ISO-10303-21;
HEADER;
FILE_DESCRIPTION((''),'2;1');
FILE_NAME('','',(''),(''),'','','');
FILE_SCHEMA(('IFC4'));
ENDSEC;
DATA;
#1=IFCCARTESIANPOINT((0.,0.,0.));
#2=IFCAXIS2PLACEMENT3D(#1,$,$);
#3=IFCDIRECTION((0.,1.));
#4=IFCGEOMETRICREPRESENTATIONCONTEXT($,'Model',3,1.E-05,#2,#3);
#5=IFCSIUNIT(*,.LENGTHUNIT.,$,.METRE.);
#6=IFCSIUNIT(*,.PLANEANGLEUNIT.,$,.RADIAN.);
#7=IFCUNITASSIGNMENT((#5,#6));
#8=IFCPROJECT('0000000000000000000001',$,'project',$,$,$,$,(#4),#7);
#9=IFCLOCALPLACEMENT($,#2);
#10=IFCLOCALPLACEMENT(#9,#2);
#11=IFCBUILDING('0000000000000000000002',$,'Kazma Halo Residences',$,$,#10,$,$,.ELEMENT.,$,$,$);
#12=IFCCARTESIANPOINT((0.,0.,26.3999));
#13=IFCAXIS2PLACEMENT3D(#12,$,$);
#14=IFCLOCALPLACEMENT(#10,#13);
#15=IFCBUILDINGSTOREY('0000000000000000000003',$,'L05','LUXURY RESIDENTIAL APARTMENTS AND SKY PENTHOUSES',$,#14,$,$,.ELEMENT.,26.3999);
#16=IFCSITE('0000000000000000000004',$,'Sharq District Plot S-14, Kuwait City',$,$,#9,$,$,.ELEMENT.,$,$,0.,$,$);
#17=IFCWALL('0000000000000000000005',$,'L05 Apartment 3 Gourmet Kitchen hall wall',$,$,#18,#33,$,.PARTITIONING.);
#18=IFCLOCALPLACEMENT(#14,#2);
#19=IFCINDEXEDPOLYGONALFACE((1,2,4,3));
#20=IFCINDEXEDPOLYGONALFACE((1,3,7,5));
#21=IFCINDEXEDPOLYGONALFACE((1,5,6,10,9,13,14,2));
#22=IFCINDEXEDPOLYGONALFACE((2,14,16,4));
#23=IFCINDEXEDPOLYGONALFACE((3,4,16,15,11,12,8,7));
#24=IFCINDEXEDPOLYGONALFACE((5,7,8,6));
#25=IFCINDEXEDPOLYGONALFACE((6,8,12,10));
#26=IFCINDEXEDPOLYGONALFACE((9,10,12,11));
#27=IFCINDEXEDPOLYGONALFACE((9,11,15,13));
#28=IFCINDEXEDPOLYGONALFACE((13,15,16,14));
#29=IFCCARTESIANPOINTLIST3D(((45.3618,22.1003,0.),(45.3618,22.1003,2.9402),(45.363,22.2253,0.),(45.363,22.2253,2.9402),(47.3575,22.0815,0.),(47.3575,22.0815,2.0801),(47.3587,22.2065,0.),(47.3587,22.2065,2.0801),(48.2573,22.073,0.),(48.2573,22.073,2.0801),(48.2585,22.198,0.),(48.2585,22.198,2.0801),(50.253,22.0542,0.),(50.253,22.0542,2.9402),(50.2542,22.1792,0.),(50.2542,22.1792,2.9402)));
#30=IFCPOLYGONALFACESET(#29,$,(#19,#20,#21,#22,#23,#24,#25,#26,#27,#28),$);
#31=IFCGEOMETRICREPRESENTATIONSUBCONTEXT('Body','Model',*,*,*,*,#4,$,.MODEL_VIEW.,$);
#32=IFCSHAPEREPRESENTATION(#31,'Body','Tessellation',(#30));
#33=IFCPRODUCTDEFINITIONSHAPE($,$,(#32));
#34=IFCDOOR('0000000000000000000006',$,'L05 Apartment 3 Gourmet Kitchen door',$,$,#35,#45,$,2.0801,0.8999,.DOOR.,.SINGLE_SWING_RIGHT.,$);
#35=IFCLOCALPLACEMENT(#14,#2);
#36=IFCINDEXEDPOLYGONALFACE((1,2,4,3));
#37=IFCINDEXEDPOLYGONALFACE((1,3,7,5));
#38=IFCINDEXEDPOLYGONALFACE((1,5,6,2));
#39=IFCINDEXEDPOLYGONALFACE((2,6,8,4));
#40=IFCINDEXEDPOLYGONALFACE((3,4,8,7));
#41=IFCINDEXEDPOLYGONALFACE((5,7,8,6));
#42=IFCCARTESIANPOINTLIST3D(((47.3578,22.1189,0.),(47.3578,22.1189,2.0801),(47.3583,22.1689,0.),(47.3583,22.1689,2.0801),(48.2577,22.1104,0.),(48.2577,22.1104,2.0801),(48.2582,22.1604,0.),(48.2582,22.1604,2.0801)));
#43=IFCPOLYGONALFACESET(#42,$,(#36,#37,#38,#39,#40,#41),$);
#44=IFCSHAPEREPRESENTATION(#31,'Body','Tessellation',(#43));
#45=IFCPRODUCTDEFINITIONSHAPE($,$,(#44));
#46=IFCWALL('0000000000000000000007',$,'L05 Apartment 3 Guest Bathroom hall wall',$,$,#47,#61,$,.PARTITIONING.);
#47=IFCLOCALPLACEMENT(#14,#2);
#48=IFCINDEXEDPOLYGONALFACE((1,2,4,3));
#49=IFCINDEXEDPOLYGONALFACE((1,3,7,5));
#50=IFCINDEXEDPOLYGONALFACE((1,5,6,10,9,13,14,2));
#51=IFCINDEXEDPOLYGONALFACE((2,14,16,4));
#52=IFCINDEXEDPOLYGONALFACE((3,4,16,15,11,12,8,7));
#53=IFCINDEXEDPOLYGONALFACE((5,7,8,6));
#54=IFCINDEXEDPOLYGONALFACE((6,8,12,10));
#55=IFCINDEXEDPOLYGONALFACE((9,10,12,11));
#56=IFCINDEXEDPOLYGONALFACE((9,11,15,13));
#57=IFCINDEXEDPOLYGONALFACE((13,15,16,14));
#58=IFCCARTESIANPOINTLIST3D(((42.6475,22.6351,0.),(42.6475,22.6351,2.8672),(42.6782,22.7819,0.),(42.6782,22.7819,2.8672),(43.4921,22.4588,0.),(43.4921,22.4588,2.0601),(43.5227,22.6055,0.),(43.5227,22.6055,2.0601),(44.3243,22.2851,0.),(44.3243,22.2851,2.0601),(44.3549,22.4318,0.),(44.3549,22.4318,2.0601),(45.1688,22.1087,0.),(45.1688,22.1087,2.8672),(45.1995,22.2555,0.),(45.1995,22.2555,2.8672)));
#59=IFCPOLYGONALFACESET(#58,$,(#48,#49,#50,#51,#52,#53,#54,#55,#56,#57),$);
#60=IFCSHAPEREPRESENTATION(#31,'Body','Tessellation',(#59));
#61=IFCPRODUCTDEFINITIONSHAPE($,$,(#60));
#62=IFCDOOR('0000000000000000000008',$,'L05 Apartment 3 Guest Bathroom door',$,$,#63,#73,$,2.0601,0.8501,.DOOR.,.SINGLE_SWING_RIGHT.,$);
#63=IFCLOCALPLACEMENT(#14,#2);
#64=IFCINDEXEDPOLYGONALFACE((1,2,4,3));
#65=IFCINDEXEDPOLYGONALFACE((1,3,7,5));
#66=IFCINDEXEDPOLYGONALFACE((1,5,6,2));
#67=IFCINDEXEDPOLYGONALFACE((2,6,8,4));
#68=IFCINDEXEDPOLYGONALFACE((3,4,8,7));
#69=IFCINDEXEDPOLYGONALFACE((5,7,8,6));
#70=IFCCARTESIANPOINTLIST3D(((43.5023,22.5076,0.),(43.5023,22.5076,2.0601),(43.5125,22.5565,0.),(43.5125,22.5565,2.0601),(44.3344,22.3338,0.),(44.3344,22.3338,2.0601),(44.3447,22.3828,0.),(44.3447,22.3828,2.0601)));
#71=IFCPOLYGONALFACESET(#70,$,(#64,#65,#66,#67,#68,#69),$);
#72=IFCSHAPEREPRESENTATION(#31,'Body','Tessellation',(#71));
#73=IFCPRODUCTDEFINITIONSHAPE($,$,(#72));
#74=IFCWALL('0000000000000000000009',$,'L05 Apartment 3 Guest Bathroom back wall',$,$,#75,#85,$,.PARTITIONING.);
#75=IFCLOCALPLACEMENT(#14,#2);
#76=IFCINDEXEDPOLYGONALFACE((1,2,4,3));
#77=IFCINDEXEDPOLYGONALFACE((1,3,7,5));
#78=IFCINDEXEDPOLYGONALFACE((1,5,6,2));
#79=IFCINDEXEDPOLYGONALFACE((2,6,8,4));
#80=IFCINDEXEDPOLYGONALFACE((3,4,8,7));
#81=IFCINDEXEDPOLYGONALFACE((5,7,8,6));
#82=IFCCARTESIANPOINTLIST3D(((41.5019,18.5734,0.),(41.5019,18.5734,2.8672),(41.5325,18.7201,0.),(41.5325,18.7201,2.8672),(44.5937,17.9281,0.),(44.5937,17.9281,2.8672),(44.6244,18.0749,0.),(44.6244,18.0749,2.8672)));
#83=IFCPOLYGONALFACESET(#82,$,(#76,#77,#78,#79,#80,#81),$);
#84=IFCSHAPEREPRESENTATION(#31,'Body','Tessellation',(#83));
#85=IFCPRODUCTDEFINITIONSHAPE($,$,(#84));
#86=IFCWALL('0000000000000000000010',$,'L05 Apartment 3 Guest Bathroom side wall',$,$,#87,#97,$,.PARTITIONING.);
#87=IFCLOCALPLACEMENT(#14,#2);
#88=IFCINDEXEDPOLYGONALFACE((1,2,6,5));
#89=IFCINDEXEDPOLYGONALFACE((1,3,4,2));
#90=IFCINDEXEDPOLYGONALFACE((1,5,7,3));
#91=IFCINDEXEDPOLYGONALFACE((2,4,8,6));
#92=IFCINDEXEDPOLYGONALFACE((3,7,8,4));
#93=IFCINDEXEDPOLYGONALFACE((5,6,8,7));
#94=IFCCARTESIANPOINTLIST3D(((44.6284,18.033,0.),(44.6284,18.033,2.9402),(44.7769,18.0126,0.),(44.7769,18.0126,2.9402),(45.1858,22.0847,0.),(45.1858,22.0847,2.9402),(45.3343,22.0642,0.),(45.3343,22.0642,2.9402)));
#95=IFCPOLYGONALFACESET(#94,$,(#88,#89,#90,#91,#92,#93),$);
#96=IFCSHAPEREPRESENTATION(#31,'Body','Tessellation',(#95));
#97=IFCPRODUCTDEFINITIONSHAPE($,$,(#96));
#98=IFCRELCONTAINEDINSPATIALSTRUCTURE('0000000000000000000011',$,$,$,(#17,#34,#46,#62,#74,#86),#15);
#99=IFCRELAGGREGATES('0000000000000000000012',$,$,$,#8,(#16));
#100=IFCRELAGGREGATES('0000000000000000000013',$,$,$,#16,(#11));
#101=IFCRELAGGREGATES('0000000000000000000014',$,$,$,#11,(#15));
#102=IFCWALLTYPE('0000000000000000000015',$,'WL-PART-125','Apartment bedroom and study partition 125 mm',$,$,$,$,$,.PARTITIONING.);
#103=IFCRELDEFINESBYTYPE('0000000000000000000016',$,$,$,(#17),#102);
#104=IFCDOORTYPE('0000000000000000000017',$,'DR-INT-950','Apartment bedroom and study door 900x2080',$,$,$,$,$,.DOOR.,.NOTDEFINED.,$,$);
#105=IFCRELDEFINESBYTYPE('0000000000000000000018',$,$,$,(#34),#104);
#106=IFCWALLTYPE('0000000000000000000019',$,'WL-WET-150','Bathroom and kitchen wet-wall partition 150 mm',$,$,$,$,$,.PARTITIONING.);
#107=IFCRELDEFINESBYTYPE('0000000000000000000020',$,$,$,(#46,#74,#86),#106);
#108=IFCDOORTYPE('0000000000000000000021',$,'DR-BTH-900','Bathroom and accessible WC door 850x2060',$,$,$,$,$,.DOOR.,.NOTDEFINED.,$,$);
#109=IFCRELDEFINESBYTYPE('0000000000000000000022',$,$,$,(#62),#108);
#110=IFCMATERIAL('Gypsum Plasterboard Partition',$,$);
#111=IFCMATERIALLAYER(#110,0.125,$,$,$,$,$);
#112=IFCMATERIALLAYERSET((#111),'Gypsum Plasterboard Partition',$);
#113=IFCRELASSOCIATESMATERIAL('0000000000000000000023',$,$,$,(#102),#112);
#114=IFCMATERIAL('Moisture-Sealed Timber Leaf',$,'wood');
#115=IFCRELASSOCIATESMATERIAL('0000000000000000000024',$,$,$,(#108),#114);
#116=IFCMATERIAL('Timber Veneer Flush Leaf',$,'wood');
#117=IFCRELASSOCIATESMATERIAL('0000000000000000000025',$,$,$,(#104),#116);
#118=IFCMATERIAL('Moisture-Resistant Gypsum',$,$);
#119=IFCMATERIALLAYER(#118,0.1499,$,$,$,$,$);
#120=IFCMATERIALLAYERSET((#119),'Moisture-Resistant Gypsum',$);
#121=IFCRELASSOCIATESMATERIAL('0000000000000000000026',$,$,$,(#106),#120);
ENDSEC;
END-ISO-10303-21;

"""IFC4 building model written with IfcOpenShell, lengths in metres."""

from ifc_helpers import new_model, si_unit, direction, frame, frame_2d, origin, place, context, subcontext, project, spatial, rectangle, extrude, material, layer, layer_set, type_object, element, fill, save


model = new_model("IFC4")

# Units and contexts
model_context = context("Model", 3, precision=1e-05, world=origin(), true_north=direction((0.0, 1.0)))
body_context = subcontext(model_context, "Body", "Model", "MODEL_VIEW")
ifc_project = project(units=[si_unit("LENGTHUNIT", "METRE"), si_unit("PLANEANGLEUNIT", "RADIAN")], contexts=[model_context])

# Site, building, storey
site_placement = place(None, origin())
site = spatial("IfcSite", under=ifc_project, at=site_placement, Name="Sharq District Plot S-14, Kuwait City", CompositionType="ELEMENT", RefElevation=0.0)
building_placement = place(site_placement, origin())
building = spatial("IfcBuilding", under=site, at=building_placement, Name="Kazma Halo Residences", CompositionType="ELEMENT")
storey_placement = place(building_placement, frame((0.0, 0.0, 26.3999)))
storey = spatial("IfcBuildingStorey", under=building, at=storey_placement, Name="L05", Description="LUXURY RESIDENTIAL APARTMENTS AND SKY PENTHOUSES", CompositionType="ELEMENT", Elevation=26.3999)

# Shared definitions
ifc_material_1 = material(Name="Gypsum Plasterboard Partition")
ifc_layer_1 = layer(ifc_material_1, 0.125)
ifc_layer_set_1 = layer_set([ifc_layer_1], Name="Gypsum Plasterboard Partition")
wall_type_1 = type_object("IfcWallType", Name="WL-PART-125", Description="Apartment bedroom and study partition 125 mm", PredefinedType="PARTITIONING", material=ifc_layer_set_1)

# Walls, openings, doors
ifc_material_2 = material(Name="Moisture-Sealed Timber Leaf", Category="wood")
door_type_1 = type_object("IfcDoorType", Name="DR-BTH-900", Description="Bathroom and accessible WC door 850x2060", OperationType="NOTDEFINED", PredefinedType="DOOR", material=ifc_material_2)
wall_1_placement = place(storey_placement, frame((45.3623, 22.1628, 0.0), z_axis=(0.0, 0.0, 1.0), x_axis=(0.999956, -0.009434, 0.0)))
wall_1 = element("IfcWall", 1, at=wall_1_placement, inside=storey, type_object=wall_type_1, Name="L05 Apartment 3 Gourmet Kitchen hall wall", PredefinedType="PARTITIONING", context=body_context, shape_type="SweptSolid", body=[
    extrude(rectangle(XDim=4.8914, YDim=0.125, at=frame_2d((2.4458, 0.0))), origin(), (0.0, 0.0, 1.0), 2.9402),
])
opening_1_placement = place(wall_1_placement, frame((1.9958, 0.0, 0.0)))
opening_1 = element("IfcOpeningElement", 2, at=opening_1_placement, cuts=wall_1, PredefinedType="OPENING", context=body_context, shape_type="SweptSolid", body=[
    extrude(rectangle(XDim=0.8999, YDim=2.0801, at=frame_2d((0.45, 1.04))), frame((0.0, 0.0725, 0.0), z_axis=(0.0, -1.0, 0.0), x_axis=(1.0, 0.0, 0.0)), (0.0, 0.0, 1.0), 0.145),
])
ifc_material_3 = material(Name="Timber Veneer Flush Leaf", Category="wood")
door_type_2 = type_object("IfcDoorType", Name="DR-INT-950", Description="Apartment bedroom and study door 900x2080", OperationType="NOTDEFINED", PredefinedType="DOOR", material=ifc_material_3)
door_1_placement = place(opening_1_placement, origin())
door_1 = element("IfcDoor", 3, at=door_1_placement, inside=storey, type_object=door_type_2, Name="L05 Apartment 3 Gourmet Kitchen door", OperationType="SINGLE_SWING_RIGHT", OverallHeight=2.0801, OverallWidth=0.8999, PredefinedType="DOOR", context=body_context, shape_type="SweptSolid", body=[
    extrude(rectangle(XDim=0.8999, YDim=2.0801, at=frame_2d((0.45, 1.04))), frame((0.0, 0.0249, 0.0), z_axis=(0.0, -1.0, 0.0), x_axis=(1.0, 0.0, 0.0)), (0.0, 0.0, 1.0), 0.05),
])
fill(opening_1, door_1)
ifc_material_4 = material(Name="Moisture-Resistant Gypsum")
ifc_layer_2 = layer(ifc_material_4, 0.1499)
ifc_layer_set_2 = layer_set([ifc_layer_2], Name="Moisture-Resistant Gypsum")
wall_type_2 = type_object("IfcWallType", Name="WL-WET-150", Description="Bathroom and kitchen wet-wall partition 150 mm", PredefinedType="PARTITIONING", material=ifc_layer_set_2)
wall_2_placement = place(storey_placement, frame((42.6628, 22.7085, 0.0), z_axis=(0.0, 0.0, 1.0), x_axis=(0.978894, -0.204367, 0.0)))
wall_2 = element("IfcWall", 4, at=wall_2_placement, inside=storey, type_object=wall_type_2, Name="L05 Apartment 3 Guest Bathroom hall wall", PredefinedType="PARTITIONING", context=body_context, shape_type="SweptSolid", body=[
    extrude(rectangle(XDim=2.5757, YDim=0.1499, at=frame_2d((1.2878, 0.0))), origin(), (0.0, 0.0, 1.0), 2.8672),
])
opening_2_placement = place(wall_2_placement, frame((0.8628, 0.0, 0.0)))
opening_2 = element("IfcOpeningElement", 5, at=opening_2_placement, cuts=wall_2, PredefinedType="OPENING", context=body_context, shape_type="SweptSolid", body=[
    extrude(rectangle(XDim=0.8501, YDim=2.0601, at=frame_2d((0.425, 1.03))), frame((0.0, 0.085, 0.0), z_axis=(0.0, -1.0, 0.0), x_axis=(1.0, 0.0, 0.0)), (0.0, 0.0, 1.0), 0.1699),
])
door_2_placement = place(opening_2_placement, origin())
door_2 = element("IfcDoor", 6, at=door_2_placement, inside=storey, type_object=door_type_1, Name="L05 Apartment 3 Guest Bathroom door", OperationType="SINGLE_SWING_RIGHT", OverallHeight=2.0601, OverallWidth=0.8501, PredefinedType="DOOR", context=body_context, shape_type="SweptSolid", body=[
    extrude(rectangle(XDim=0.8501, YDim=2.0601, at=frame_2d((0.425, 1.03))), frame((0.0, 0.0249, 0.0), z_axis=(0.0, -1.0, 0.0), x_axis=(1.0, 0.0, 0.0)), (0.0, 0.0, 1.0), 0.05),
])
fill(opening_2, door_2)

# Walls
wall_3_placement = place(storey_placement, frame((41.5173, 18.6467, 0.0), z_axis=(0.0, 0.0, 1.0), x_axis=(0.978908, -0.2043, 0.0)))
element("IfcWall", 7, at=wall_3_placement, inside=storey, type_object=wall_type_2, Name="L05 Apartment 3 Guest Bathroom back wall", PredefinedType="PARTITIONING", context=body_context, shape_type="SweptSolid", body=[
    extrude(rectangle(XDim=3.1584, YDim=0.1499, at=frame_2d((1.5791, 0.0))), origin(), (0.0, 0.0, 1.0), 2.8672),
])
wall_4_placement = place(storey_placement, frame((45.26, 22.0745, 0.0), z_axis=(0.0, 0.0, 1.0), x_axis=(-0.13628, -0.99067, 0.0)))
element("IfcWall", 8, at=wall_4_placement, inside=storey, type_object=wall_type_2, Name="L05 Apartment 3 Guest Bathroom side wall", PredefinedType="PARTITIONING", context=body_context, shape_type="SweptSolid", body=[
    extrude(rectangle(XDim=4.0898, YDim=0.1499, at=frame_2d((2.0449, 0.0))), origin(), (0.0, 0.0, 1.0), 2.9402),
])

save(model, "model.ifc")
